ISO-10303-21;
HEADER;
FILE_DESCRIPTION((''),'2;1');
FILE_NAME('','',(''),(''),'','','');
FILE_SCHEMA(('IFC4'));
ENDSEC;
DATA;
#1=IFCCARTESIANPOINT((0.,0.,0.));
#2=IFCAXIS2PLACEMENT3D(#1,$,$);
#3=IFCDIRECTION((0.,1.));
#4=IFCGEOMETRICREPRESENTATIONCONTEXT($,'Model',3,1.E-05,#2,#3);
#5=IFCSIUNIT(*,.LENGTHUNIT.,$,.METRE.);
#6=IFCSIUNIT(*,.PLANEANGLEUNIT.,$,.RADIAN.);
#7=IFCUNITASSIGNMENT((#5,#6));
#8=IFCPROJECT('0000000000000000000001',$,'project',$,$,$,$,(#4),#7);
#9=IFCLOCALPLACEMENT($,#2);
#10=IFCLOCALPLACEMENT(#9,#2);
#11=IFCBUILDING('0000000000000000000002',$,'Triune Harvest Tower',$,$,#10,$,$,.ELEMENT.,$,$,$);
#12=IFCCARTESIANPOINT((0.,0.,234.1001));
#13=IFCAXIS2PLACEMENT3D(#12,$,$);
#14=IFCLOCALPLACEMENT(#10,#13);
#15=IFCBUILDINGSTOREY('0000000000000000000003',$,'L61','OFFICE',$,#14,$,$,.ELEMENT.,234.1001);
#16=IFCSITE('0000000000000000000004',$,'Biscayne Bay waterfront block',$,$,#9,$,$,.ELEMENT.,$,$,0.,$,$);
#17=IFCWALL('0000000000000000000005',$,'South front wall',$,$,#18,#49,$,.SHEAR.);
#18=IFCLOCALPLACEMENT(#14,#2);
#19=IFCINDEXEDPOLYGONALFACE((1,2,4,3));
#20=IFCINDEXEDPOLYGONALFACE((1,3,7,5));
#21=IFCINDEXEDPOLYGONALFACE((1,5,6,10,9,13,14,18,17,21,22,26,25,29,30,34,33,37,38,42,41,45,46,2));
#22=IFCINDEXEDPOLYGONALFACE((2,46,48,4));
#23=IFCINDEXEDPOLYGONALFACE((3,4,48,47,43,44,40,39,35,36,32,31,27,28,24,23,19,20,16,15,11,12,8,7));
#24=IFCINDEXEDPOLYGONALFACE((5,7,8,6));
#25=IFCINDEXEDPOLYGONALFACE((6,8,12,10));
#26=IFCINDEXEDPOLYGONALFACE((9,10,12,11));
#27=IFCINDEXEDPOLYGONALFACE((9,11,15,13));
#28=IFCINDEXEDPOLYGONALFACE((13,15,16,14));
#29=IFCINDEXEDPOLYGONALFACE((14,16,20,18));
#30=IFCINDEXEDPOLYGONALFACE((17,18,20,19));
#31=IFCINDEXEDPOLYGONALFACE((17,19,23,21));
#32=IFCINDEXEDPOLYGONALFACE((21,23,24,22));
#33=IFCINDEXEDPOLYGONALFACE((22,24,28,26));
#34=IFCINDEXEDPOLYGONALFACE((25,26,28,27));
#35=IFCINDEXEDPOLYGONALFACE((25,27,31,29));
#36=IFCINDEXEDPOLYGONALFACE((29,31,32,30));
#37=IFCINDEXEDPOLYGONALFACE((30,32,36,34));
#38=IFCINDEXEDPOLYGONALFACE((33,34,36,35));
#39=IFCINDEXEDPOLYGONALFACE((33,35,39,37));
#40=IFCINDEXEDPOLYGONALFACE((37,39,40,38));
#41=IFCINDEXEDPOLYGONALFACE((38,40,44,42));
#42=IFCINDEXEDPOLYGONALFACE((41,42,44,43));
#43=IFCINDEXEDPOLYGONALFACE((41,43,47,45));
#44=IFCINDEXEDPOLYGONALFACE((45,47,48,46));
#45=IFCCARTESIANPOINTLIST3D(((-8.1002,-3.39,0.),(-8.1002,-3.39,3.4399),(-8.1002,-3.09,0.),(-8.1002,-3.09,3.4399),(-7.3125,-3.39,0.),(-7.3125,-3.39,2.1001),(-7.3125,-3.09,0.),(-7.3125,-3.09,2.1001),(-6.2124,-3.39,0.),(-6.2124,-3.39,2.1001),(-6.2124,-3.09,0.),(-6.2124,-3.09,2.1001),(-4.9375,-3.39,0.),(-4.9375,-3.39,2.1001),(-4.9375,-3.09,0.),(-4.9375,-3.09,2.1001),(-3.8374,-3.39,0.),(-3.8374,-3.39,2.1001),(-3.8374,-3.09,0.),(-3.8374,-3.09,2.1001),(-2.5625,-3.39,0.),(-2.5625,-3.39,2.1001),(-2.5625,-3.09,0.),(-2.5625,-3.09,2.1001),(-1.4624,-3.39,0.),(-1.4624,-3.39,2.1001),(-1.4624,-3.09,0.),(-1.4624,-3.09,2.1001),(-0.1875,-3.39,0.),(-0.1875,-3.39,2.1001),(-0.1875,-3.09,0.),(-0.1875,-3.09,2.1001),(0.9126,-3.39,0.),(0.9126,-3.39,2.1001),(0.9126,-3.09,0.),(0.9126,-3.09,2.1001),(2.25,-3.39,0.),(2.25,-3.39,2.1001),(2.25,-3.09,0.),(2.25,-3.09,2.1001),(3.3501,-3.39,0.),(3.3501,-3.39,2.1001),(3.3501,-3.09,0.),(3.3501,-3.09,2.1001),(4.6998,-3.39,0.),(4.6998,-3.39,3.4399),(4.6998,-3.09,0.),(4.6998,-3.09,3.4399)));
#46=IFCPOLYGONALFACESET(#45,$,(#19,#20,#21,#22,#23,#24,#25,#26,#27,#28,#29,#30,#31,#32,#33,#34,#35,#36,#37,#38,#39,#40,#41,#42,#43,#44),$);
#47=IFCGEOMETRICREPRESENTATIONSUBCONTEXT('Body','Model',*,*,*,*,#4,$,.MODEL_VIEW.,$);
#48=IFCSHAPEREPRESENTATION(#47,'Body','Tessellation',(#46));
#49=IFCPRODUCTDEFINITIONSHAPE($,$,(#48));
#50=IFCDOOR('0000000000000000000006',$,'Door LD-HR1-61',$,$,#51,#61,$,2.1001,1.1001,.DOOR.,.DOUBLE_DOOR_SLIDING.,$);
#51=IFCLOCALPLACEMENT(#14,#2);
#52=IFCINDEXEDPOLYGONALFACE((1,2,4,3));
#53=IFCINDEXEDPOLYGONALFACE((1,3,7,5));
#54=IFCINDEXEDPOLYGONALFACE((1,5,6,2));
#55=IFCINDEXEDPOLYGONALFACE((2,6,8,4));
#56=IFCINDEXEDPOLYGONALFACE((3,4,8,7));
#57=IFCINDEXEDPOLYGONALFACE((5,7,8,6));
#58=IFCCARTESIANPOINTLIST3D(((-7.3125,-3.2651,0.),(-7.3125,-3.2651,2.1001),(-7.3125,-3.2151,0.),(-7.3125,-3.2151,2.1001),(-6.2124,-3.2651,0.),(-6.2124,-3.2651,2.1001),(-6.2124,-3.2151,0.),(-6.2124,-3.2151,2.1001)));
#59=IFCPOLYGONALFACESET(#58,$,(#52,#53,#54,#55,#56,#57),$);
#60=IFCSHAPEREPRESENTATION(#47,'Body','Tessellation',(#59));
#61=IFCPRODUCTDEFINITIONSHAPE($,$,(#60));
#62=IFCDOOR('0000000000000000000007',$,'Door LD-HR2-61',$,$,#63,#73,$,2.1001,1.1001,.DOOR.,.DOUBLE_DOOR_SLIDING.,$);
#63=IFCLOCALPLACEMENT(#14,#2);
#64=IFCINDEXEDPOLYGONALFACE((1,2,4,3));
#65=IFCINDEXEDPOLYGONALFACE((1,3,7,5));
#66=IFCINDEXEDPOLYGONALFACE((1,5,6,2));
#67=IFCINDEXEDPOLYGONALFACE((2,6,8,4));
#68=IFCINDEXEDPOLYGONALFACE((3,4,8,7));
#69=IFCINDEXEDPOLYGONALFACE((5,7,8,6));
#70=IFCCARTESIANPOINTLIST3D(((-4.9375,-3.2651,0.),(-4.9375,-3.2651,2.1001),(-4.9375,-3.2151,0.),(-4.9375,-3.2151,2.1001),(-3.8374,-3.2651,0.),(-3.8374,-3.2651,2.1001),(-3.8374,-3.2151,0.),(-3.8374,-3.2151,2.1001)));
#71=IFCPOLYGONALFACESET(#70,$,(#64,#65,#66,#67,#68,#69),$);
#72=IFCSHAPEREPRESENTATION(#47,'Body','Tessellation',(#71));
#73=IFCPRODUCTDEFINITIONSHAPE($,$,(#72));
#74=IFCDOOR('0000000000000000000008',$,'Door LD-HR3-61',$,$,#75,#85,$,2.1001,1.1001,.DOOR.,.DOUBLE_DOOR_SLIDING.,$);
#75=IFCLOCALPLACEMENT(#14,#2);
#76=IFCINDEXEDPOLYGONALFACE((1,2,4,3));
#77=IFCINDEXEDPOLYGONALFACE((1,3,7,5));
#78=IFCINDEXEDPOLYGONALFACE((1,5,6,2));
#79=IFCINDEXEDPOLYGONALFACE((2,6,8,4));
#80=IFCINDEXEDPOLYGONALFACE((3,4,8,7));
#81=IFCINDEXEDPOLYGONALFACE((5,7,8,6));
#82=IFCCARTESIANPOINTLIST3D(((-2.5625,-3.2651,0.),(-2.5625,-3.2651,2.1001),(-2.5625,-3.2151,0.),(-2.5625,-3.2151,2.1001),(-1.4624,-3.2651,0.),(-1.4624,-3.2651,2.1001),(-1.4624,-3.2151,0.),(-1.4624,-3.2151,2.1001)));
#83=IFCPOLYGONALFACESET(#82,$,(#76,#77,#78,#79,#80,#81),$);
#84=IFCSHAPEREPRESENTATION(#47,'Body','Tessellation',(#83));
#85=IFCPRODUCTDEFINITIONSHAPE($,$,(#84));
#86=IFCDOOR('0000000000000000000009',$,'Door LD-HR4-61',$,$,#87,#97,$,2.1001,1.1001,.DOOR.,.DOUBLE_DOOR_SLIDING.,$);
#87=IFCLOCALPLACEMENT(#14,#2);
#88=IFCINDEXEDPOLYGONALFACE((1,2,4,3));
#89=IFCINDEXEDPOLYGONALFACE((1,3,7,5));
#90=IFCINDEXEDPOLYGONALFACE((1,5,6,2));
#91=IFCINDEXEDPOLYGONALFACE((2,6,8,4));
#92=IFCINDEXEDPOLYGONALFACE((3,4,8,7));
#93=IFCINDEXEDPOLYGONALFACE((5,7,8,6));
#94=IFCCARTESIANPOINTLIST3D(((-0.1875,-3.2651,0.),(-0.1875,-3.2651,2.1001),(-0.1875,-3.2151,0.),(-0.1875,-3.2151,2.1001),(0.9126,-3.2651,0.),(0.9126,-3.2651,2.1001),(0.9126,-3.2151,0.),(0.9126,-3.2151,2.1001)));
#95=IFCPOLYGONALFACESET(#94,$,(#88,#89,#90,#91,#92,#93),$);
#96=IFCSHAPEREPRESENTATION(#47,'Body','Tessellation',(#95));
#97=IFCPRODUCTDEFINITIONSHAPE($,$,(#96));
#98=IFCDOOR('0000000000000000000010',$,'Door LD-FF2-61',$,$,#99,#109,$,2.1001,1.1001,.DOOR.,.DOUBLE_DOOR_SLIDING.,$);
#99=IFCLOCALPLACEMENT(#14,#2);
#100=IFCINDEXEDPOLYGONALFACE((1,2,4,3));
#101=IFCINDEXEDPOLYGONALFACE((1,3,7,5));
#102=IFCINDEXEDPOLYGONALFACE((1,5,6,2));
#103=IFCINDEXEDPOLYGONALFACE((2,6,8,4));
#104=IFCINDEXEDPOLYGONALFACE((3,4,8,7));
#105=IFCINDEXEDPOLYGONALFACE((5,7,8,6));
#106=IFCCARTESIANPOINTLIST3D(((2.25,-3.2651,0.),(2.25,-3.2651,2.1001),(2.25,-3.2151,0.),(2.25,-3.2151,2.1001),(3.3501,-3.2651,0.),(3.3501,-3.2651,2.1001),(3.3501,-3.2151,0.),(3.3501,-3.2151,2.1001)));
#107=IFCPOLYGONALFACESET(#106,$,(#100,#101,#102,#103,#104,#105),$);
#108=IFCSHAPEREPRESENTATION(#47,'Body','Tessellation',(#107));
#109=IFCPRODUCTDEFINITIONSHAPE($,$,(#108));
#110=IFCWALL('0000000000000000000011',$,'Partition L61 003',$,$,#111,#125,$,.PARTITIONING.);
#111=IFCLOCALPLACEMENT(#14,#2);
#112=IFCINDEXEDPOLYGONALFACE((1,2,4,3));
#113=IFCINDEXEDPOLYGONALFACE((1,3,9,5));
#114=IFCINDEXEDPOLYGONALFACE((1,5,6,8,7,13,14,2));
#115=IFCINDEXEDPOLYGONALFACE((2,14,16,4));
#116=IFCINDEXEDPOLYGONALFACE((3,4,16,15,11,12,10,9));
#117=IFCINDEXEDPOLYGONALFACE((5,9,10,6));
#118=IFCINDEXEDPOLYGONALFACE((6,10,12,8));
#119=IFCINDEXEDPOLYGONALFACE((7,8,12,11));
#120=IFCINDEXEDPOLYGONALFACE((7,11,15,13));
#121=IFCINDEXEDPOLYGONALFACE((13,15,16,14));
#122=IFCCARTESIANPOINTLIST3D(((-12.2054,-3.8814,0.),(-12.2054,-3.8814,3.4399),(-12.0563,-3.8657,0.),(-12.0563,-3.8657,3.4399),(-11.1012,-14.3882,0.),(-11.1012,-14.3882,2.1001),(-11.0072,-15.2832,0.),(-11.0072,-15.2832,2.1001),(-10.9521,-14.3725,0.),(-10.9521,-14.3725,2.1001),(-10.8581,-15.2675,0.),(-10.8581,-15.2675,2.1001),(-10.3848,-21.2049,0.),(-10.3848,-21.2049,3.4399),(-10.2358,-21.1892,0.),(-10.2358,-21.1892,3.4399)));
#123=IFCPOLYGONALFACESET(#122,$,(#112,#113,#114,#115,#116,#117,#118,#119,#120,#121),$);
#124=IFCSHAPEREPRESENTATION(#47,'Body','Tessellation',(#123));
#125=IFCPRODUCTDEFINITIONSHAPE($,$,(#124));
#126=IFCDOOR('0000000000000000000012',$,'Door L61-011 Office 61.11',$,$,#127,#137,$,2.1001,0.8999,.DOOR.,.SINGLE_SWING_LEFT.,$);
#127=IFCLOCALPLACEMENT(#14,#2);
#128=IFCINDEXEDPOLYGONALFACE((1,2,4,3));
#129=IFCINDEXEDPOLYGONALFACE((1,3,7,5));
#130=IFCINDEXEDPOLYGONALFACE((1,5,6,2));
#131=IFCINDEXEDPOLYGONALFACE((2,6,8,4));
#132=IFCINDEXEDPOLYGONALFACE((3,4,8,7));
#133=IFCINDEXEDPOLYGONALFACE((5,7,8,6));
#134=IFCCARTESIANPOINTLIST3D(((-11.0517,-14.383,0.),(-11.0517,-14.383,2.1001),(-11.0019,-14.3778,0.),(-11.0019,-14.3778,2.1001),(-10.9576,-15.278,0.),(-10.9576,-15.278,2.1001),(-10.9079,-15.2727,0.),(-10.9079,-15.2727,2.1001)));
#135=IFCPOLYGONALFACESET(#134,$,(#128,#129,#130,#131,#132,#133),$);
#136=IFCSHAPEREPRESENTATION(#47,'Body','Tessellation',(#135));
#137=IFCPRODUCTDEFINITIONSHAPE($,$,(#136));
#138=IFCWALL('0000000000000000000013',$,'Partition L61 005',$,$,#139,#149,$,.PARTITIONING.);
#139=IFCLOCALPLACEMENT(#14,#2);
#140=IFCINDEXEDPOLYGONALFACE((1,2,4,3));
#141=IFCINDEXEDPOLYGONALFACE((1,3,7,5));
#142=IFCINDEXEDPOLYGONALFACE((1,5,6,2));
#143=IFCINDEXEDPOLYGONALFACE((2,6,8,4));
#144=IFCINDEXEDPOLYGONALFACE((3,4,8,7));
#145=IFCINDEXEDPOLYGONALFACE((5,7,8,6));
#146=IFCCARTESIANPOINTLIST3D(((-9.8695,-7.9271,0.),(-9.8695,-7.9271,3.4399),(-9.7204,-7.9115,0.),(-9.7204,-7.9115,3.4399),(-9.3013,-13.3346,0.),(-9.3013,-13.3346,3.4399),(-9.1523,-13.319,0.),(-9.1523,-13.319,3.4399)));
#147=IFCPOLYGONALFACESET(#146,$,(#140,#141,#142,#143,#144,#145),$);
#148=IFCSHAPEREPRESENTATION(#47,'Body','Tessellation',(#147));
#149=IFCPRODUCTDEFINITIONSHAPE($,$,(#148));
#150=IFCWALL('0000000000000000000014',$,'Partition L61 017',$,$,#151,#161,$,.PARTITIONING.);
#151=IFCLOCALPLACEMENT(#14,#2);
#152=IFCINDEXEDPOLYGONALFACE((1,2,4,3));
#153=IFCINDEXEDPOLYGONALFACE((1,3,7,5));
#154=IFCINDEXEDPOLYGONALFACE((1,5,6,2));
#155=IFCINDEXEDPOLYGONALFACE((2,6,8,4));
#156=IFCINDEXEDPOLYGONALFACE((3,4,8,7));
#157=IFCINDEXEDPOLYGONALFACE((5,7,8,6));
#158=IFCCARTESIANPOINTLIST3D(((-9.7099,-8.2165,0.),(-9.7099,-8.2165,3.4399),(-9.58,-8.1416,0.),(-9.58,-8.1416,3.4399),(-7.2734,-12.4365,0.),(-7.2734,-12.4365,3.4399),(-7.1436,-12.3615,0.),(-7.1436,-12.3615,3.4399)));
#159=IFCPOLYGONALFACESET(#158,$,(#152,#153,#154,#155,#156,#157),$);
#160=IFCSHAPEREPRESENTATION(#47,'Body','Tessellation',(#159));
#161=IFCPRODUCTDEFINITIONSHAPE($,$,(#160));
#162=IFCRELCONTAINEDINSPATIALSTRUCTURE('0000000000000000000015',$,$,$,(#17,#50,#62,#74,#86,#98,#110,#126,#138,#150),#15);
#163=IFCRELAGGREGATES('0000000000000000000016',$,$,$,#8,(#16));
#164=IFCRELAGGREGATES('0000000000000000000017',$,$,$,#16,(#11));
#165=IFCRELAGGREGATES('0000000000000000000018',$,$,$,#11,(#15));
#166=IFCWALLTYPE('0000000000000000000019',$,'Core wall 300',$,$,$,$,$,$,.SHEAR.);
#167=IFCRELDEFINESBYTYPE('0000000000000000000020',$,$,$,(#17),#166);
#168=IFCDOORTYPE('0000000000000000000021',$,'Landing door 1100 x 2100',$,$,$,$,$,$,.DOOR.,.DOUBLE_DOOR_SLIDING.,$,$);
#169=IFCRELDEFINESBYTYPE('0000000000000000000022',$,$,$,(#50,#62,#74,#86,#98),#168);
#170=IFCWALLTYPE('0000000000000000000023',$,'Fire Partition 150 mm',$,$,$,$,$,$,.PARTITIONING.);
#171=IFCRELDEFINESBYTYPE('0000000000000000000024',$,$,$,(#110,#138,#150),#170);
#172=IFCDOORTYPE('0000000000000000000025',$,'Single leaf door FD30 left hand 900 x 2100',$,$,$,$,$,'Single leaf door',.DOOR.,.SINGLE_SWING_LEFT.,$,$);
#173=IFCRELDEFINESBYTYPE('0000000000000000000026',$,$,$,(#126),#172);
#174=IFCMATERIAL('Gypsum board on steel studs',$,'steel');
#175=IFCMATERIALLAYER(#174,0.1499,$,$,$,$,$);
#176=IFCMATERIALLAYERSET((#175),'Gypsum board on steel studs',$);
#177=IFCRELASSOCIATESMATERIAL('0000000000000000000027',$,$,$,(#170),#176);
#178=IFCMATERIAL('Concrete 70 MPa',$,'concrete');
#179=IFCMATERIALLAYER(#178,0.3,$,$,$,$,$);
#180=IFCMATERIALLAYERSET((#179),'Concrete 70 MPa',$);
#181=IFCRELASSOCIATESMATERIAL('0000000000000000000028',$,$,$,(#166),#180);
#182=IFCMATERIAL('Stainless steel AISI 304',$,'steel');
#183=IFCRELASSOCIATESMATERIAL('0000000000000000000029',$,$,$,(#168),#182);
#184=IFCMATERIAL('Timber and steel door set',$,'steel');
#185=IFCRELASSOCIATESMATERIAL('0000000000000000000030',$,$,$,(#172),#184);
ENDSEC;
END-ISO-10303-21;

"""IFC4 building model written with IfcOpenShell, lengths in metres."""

from ifc_helpers import new_model, si_unit, direction, frame, frame_2d, origin, place, context, subcontext, project, spatial, rectangle, extrude, source, transform, mapped, material, layer, layer_set, type_object, element, fill, save


model = new_model("IFC4")

# Units and contexts
model_context = context("Model", 3, precision=1e-05, world=origin(), true_north=direction((0.0, 1.0)))
body_context = subcontext(model_context, "Body", "Model", "MODEL_VIEW")
ifc_project = project(units=[si_unit("LENGTHUNIT", "METRE"), si_unit("PLANEANGLEUNIT", "RADIAN")], contexts=[model_context])

# Site, building, storey
site_placement = place(None, origin())
site = spatial("IfcSite", under=ifc_project, at=site_placement, Name="Biscayne Bay waterfront block", CompositionType="ELEMENT", RefElevation=0.0)
building_placement = place(site_placement, origin())
building = spatial("IfcBuilding", under=site, at=building_placement, Name="Triune Harvest Tower", CompositionType="ELEMENT")
storey_placement = place(building_placement, frame((0.0, 0.0, 234.1001)))
storey = spatial("IfcBuildingStorey", under=building, at=storey_placement, Name="L61", Description="OFFICE", CompositionType="ELEMENT", Elevation=234.1001)

# Shared definitions
ifc_material_1 = material(Name="Gypsum board on steel studs", Category="steel")
ifc_layer_1 = layer(ifc_material_1, 0.1499)
ifc_layer_set_1 = layer_set([ifc_layer_1], Name="Gypsum board on steel studs")
wall_type_1 = type_object("IfcWallType", Name="Fire Partition 150 mm", PredefinedType="PARTITIONING", material=ifc_layer_set_1)

# Wall, openings, doors
ifc_material_2 = material(Name="Concrete 70 MPa", Category="concrete")
ifc_layer_2 = layer(ifc_material_2, 0.3)
ifc_layer_set_2 = layer_set([ifc_layer_2], Name="Concrete 70 MPa")
wall_type_2 = type_object("IfcWallType", Name="Core wall 300", PredefinedType="SHEAR", material=ifc_layer_set_2)
shared_shape_1 = source(origin(), body_context, "Body", "SweptSolid", [
    extrude(rectangle(XDim=12.8, YDim=0.3, at=frame_2d((6.3999, 0.0))), origin(), (0.0, 0.0, 1.0), 3.4399),
])
wall_1_placement = place(storey_placement, frame((-8.1001, -3.24, 0.0), z_axis=(0.0, 0.0, 1.0), x_axis=(1.0, 0.0, 0.0)))
wall_1 = element("IfcWall", 1, at=wall_1_placement, inside=storey, type_object=wall_type_2, Name="South front wall", PredefinedType="SHEAR", context=body_context, shape_type="MappedRepresentation", body=[
    mapped(shared_shape_1, transform((0.0, 0.0, 0.0), scale=1.0)),
])
opening_1_placement = place(wall_1_placement, frame((0.7876, 0.0, 0.0)))
opening_1 = element("IfcOpeningElement", 2, at=opening_1_placement, cuts=wall_1, PredefinedType="OPENING", context=body_context, shape_type="SweptSolid", body=[
    extrude(rectangle(XDim=1.1001, YDim=2.1001, at=frame_2d((0.55, 1.05))), frame((0.0, 0.1602, 0.0), z_axis=(0.0, -1.0, 0.0), x_axis=(1.0, 0.0, 0.0)), (0.0, 0.0, 1.0), 0.3201),
])
opening_2_placement = place(wall_1_placement, frame((3.1626, 0.0, 0.0)))
opening_2 = element("IfcOpeningElement", 3, at=opening_2_placement, cuts=wall_1, PredefinedType="OPENING", context=body_context, shape_type="SweptSolid", body=[
    extrude(rectangle(XDim=1.1001, YDim=2.1001, at=frame_2d((0.55, 1.05))), frame((0.0, 0.1602, 0.0), z_axis=(0.0, -1.0, 0.0), x_axis=(1.0, 0.0, 0.0)), (0.0, 0.0, 1.0), 0.3201),
])
opening_3_placement = place(wall_1_placement, frame((5.5376, 0.0, 0.0)))
opening_3 = element("IfcOpeningElement", 4, at=opening_3_placement, cuts=wall_1, PredefinedType="OPENING", context=body_context, shape_type="SweptSolid", body=[
    extrude(rectangle(XDim=1.1001, YDim=2.1001, at=frame_2d((0.55, 1.05))), frame((0.0, 0.1602, 0.0), z_axis=(0.0, -1.0, 0.0), x_axis=(1.0, 0.0, 0.0)), (0.0, 0.0, 1.0), 0.3201),
])
opening_4_placement = place(wall_1_placement, frame((7.9126, 0.0, 0.0)))
opening_4 = element("IfcOpeningElement", 5, at=opening_4_placement, cuts=wall_1, PredefinedType="OPENING", context=body_context, shape_type="SweptSolid", body=[
    extrude(rectangle(XDim=1.1001, YDim=2.1001, at=frame_2d((0.55, 1.05))), frame((0.0, 0.1602, 0.0), z_axis=(0.0, -1.0, 0.0), x_axis=(1.0, 0.0, 0.0)), (0.0, 0.0, 1.0), 0.3201),
])
opening_5_placement = place(wall_1_placement, frame((10.3501, 0.0, 0.0)))
opening_5 = element("IfcOpeningElement", 6, at=opening_5_placement, cuts=wall_1, PredefinedType="OPENING", context=body_context, shape_type="SweptSolid", body=[
    extrude(rectangle(XDim=1.1001, YDim=2.1001, at=frame_2d((0.55, 1.05))), frame((0.0, 0.1602, 0.0), z_axis=(0.0, -1.0, 0.0), x_axis=(1.0, 0.0, 0.0)), (0.0, 0.0, 1.0), 0.3201),
])
ifc_material_3 = material(Name="Stainless steel AISI 304", Category="steel")
door_type_1 = type_object("IfcDoorType", Name="Landing door 1100 x 2100", OperationType="DOUBLE_DOOR_SLIDING", PredefinedType="DOOR", material=ifc_material_3)
door_1_placement = place(opening_1_placement, origin())
door_1 = element("IfcDoor", 7, at=door_1_placement, inside=storey, type_object=door_type_1, Name="Door LD-HR1-61", OperationType="DOUBLE_DOOR_SLIDING", OverallHeight=2.1001, OverallWidth=1.1001, PredefinedType="DOOR", context=body_context, shape_type="SweptSolid", body=[
    extrude(rectangle(XDim=1.1001, YDim=2.1001, at=frame_2d((0.55, 1.05))), frame((0.0, 0.0249, 0.0), z_axis=(0.0, -1.0, 0.0), x_axis=(1.0, 0.0, 0.0)), (0.0, 0.0, 1.0), 0.05),
])
fill(opening_1, door_1)
door_2_placement = place(opening_2_placement, origin())
door_2 = element("IfcDoor", 8, at=door_2_placement, inside=storey, type_object=door_type_1, Name="Door LD-HR2-61", OperationType="DOUBLE_DOOR_SLIDING", OverallHeight=2.1001, OverallWidth=1.1001, PredefinedType="DOOR", context=body_context, shape_type="SweptSolid", body=[
    extrude(rectangle(XDim=1.1001, YDim=2.1001, at=frame_2d((0.55, 1.05))), frame((0.0, 0.0249, 0.0), z_axis=(0.0, -1.0, 0.0), x_axis=(1.0, 0.0, 0.0)), (0.0, 0.0, 1.0), 0.05),
])
fill(opening_2, door_2)
door_3_placement = place(opening_3_placement, origin())
door_3 = element("IfcDoor", 9, at=door_3_placement, inside=storey, type_object=door_type_1, Name="Door LD-HR3-61", OperationType="DOUBLE_DOOR_SLIDING", OverallHeight=2.1001, OverallWidth=1.1001, PredefinedType="DOOR", context=body_context, shape_type="SweptSolid", body=[
    extrude(rectangle(XDim=1.1001, YDim=2.1001, at=frame_2d((0.55, 1.05))), frame((0.0, 0.0249, 0.0), z_axis=(0.0, -1.0, 0.0), x_axis=(1.0, 0.0, 0.0)), (0.0, 0.0, 1.0), 0.05),
])
fill(opening_3, door_3)
door_4_placement = place(opening_4_placement, origin())
door_4 = element("IfcDoor", 10, at=door_4_placement, inside=storey, type_object=door_type_1, Name="Door LD-HR4-61", OperationType="DOUBLE_DOOR_SLIDING", OverallHeight=2.1001, OverallWidth=1.1001, PredefinedType="DOOR", context=body_context, shape_type="SweptSolid", body=[
    extrude(rectangle(XDim=1.1001, YDim=2.1001, at=frame_2d((0.55, 1.05))), frame((0.0, 0.0249, 0.0), z_axis=(0.0, -1.0, 0.0), x_axis=(1.0, 0.0, 0.0)), (0.0, 0.0, 1.0), 0.05),
])
fill(opening_4, door_4)
door_5_placement = place(opening_5_placement, origin())
door_5 = element("IfcDoor", 11, at=door_5_placement, inside=storey, type_object=door_type_1, Name="Door LD-FF2-61", OperationType="DOUBLE_DOOR_SLIDING", OverallHeight=2.1001, OverallWidth=1.1001, PredefinedType="DOOR", context=body_context, shape_type="SweptSolid", body=[
    extrude(rectangle(XDim=1.1001, YDim=2.1001, at=frame_2d((0.55, 1.05))), frame((0.0, 0.0249, 0.0), z_axis=(0.0, -1.0, 0.0), x_axis=(1.0, 0.0, 0.0)), (0.0, 0.0, 1.0), 0.05),
])
fill(opening_5, door_5)

# Wall, opening, door
shared_shape_2 = source(origin(), body_context, "Body", "SweptSolid", [
    extrude(rectangle(XDim=17.4189, YDim=0.1499, at=frame_2d((8.7095, 0.0))), origin(), (0.0, 0.0, 1.0), 3.4399),
])
wall_2_placement = place(storey_placement, frame((-12.1309, -3.8735, 0.0), z_axis=(0.0, 0.0, 1.0), x_axis=(0.104516, -0.994523, 0.0)))
wall_2 = element("IfcWall", 12, at=wall_2_placement, inside=storey, type_object=wall_type_1, Name="Partition L61 003", PredefinedType="PARTITIONING", context=body_context, shape_type="MappedRepresentation", body=[
    mapped(shared_shape_2, transform((0.0, 0.0, 0.0), scale=1.0)),
])
opening_6_placement = place(wall_2_placement, frame((10.5647, 0.0, 0.0)))
opening_6 = element("IfcOpeningElement", 13, at=opening_6_placement, cuts=wall_2, PredefinedType="OPENING", context=body_context, shape_type="SweptSolid", body=[
    extrude(rectangle(XDim=0.8999, YDim=2.1001, at=frame_2d((0.45, 1.05))), frame((0.0, 0.085, 0.0), z_axis=(0.0, -1.0, 0.0), x_axis=(1.0, 0.0, 0.0)), (0.0, 0.0, 1.0), 0.1699),
])
ifc_material_4 = material(Name="Timber and steel door set", Category="steel")
door_type_2 = type_object("IfcDoorType", Name="Single leaf door FD30 left hand 900 x 2100", ElementType="Single leaf door", OperationType="SINGLE_SWING_LEFT", PredefinedType="DOOR", material=ifc_material_4)
door_6_placement = place(opening_6_placement, origin())
door_6 = element("IfcDoor", 14, at=door_6_placement, inside=storey, type_object=door_type_2, Name="Door L61-011 Office 61.11", OperationType="SINGLE_SWING_LEFT", OverallHeight=2.1001, OverallWidth=0.8999, PredefinedType="DOOR", context=body_context, shape_type="SweptSolid", body=[
    extrude(rectangle(XDim=0.8999, YDim=2.1001, at=frame_2d((0.45, 1.05))), frame((0.0, 0.0249, 0.0), z_axis=(0.0, -1.0, 0.0), x_axis=(1.0, 0.0, 0.0)), (0.0, 0.0, 1.0), 0.05),
])
fill(opening_6, door_6)

# Walls
shared_shape_3 = source(origin(), body_context, "Body", "SweptSolid", [
    extrude(rectangle(XDim=5.4373, YDim=0.1499, at=frame_2d((2.7188, 0.0))), origin(), (0.0, 0.0, 1.0), 3.4399),
])
wall_3_placement = place(storey_placement, frame((-9.7949, -7.9192, 0.0), z_axis=(0.0, 0.0, 1.0), x_axis=(0.104486, -0.994526, 0.0)))
element("IfcWall", 15, at=wall_3_placement, inside=storey, type_object=wall_type_1, Name="Partition L61 005", PredefinedType="PARTITIONING", context=body_context, shape_type="MappedRepresentation", body=[
    mapped(shared_shape_3, transform((0.0, 0.0, 0.0), scale=1.0)),
])
shared_shape_4 = source(origin(), body_context, "Body", "SweptSolid", [
    extrude(rectangle(XDim=4.8728, YDim=0.1499, at=frame_2d((2.4365, 0.0))), origin(), (0.0, 0.0, 1.0), 3.4399),
])
wall_4_placement = place(storey_placement, frame((-9.645, -8.179, 0.0), z_axis=(0.0, 0.0, 1.0), x_axis=(0.500019, -0.866015, 0.0)))
element("IfcWall", 16, at=wall_4_placement, inside=storey, type_object=wall_type_1, Name="Partition L61 017", PredefinedType="PARTITIONING", context=body_context, shape_type="MappedRepresentation", body=[
    mapped(shared_shape_4, transform((0.0, 0.0, 0.0), scale=1.0)),
])

save(model, "model.ifc")
